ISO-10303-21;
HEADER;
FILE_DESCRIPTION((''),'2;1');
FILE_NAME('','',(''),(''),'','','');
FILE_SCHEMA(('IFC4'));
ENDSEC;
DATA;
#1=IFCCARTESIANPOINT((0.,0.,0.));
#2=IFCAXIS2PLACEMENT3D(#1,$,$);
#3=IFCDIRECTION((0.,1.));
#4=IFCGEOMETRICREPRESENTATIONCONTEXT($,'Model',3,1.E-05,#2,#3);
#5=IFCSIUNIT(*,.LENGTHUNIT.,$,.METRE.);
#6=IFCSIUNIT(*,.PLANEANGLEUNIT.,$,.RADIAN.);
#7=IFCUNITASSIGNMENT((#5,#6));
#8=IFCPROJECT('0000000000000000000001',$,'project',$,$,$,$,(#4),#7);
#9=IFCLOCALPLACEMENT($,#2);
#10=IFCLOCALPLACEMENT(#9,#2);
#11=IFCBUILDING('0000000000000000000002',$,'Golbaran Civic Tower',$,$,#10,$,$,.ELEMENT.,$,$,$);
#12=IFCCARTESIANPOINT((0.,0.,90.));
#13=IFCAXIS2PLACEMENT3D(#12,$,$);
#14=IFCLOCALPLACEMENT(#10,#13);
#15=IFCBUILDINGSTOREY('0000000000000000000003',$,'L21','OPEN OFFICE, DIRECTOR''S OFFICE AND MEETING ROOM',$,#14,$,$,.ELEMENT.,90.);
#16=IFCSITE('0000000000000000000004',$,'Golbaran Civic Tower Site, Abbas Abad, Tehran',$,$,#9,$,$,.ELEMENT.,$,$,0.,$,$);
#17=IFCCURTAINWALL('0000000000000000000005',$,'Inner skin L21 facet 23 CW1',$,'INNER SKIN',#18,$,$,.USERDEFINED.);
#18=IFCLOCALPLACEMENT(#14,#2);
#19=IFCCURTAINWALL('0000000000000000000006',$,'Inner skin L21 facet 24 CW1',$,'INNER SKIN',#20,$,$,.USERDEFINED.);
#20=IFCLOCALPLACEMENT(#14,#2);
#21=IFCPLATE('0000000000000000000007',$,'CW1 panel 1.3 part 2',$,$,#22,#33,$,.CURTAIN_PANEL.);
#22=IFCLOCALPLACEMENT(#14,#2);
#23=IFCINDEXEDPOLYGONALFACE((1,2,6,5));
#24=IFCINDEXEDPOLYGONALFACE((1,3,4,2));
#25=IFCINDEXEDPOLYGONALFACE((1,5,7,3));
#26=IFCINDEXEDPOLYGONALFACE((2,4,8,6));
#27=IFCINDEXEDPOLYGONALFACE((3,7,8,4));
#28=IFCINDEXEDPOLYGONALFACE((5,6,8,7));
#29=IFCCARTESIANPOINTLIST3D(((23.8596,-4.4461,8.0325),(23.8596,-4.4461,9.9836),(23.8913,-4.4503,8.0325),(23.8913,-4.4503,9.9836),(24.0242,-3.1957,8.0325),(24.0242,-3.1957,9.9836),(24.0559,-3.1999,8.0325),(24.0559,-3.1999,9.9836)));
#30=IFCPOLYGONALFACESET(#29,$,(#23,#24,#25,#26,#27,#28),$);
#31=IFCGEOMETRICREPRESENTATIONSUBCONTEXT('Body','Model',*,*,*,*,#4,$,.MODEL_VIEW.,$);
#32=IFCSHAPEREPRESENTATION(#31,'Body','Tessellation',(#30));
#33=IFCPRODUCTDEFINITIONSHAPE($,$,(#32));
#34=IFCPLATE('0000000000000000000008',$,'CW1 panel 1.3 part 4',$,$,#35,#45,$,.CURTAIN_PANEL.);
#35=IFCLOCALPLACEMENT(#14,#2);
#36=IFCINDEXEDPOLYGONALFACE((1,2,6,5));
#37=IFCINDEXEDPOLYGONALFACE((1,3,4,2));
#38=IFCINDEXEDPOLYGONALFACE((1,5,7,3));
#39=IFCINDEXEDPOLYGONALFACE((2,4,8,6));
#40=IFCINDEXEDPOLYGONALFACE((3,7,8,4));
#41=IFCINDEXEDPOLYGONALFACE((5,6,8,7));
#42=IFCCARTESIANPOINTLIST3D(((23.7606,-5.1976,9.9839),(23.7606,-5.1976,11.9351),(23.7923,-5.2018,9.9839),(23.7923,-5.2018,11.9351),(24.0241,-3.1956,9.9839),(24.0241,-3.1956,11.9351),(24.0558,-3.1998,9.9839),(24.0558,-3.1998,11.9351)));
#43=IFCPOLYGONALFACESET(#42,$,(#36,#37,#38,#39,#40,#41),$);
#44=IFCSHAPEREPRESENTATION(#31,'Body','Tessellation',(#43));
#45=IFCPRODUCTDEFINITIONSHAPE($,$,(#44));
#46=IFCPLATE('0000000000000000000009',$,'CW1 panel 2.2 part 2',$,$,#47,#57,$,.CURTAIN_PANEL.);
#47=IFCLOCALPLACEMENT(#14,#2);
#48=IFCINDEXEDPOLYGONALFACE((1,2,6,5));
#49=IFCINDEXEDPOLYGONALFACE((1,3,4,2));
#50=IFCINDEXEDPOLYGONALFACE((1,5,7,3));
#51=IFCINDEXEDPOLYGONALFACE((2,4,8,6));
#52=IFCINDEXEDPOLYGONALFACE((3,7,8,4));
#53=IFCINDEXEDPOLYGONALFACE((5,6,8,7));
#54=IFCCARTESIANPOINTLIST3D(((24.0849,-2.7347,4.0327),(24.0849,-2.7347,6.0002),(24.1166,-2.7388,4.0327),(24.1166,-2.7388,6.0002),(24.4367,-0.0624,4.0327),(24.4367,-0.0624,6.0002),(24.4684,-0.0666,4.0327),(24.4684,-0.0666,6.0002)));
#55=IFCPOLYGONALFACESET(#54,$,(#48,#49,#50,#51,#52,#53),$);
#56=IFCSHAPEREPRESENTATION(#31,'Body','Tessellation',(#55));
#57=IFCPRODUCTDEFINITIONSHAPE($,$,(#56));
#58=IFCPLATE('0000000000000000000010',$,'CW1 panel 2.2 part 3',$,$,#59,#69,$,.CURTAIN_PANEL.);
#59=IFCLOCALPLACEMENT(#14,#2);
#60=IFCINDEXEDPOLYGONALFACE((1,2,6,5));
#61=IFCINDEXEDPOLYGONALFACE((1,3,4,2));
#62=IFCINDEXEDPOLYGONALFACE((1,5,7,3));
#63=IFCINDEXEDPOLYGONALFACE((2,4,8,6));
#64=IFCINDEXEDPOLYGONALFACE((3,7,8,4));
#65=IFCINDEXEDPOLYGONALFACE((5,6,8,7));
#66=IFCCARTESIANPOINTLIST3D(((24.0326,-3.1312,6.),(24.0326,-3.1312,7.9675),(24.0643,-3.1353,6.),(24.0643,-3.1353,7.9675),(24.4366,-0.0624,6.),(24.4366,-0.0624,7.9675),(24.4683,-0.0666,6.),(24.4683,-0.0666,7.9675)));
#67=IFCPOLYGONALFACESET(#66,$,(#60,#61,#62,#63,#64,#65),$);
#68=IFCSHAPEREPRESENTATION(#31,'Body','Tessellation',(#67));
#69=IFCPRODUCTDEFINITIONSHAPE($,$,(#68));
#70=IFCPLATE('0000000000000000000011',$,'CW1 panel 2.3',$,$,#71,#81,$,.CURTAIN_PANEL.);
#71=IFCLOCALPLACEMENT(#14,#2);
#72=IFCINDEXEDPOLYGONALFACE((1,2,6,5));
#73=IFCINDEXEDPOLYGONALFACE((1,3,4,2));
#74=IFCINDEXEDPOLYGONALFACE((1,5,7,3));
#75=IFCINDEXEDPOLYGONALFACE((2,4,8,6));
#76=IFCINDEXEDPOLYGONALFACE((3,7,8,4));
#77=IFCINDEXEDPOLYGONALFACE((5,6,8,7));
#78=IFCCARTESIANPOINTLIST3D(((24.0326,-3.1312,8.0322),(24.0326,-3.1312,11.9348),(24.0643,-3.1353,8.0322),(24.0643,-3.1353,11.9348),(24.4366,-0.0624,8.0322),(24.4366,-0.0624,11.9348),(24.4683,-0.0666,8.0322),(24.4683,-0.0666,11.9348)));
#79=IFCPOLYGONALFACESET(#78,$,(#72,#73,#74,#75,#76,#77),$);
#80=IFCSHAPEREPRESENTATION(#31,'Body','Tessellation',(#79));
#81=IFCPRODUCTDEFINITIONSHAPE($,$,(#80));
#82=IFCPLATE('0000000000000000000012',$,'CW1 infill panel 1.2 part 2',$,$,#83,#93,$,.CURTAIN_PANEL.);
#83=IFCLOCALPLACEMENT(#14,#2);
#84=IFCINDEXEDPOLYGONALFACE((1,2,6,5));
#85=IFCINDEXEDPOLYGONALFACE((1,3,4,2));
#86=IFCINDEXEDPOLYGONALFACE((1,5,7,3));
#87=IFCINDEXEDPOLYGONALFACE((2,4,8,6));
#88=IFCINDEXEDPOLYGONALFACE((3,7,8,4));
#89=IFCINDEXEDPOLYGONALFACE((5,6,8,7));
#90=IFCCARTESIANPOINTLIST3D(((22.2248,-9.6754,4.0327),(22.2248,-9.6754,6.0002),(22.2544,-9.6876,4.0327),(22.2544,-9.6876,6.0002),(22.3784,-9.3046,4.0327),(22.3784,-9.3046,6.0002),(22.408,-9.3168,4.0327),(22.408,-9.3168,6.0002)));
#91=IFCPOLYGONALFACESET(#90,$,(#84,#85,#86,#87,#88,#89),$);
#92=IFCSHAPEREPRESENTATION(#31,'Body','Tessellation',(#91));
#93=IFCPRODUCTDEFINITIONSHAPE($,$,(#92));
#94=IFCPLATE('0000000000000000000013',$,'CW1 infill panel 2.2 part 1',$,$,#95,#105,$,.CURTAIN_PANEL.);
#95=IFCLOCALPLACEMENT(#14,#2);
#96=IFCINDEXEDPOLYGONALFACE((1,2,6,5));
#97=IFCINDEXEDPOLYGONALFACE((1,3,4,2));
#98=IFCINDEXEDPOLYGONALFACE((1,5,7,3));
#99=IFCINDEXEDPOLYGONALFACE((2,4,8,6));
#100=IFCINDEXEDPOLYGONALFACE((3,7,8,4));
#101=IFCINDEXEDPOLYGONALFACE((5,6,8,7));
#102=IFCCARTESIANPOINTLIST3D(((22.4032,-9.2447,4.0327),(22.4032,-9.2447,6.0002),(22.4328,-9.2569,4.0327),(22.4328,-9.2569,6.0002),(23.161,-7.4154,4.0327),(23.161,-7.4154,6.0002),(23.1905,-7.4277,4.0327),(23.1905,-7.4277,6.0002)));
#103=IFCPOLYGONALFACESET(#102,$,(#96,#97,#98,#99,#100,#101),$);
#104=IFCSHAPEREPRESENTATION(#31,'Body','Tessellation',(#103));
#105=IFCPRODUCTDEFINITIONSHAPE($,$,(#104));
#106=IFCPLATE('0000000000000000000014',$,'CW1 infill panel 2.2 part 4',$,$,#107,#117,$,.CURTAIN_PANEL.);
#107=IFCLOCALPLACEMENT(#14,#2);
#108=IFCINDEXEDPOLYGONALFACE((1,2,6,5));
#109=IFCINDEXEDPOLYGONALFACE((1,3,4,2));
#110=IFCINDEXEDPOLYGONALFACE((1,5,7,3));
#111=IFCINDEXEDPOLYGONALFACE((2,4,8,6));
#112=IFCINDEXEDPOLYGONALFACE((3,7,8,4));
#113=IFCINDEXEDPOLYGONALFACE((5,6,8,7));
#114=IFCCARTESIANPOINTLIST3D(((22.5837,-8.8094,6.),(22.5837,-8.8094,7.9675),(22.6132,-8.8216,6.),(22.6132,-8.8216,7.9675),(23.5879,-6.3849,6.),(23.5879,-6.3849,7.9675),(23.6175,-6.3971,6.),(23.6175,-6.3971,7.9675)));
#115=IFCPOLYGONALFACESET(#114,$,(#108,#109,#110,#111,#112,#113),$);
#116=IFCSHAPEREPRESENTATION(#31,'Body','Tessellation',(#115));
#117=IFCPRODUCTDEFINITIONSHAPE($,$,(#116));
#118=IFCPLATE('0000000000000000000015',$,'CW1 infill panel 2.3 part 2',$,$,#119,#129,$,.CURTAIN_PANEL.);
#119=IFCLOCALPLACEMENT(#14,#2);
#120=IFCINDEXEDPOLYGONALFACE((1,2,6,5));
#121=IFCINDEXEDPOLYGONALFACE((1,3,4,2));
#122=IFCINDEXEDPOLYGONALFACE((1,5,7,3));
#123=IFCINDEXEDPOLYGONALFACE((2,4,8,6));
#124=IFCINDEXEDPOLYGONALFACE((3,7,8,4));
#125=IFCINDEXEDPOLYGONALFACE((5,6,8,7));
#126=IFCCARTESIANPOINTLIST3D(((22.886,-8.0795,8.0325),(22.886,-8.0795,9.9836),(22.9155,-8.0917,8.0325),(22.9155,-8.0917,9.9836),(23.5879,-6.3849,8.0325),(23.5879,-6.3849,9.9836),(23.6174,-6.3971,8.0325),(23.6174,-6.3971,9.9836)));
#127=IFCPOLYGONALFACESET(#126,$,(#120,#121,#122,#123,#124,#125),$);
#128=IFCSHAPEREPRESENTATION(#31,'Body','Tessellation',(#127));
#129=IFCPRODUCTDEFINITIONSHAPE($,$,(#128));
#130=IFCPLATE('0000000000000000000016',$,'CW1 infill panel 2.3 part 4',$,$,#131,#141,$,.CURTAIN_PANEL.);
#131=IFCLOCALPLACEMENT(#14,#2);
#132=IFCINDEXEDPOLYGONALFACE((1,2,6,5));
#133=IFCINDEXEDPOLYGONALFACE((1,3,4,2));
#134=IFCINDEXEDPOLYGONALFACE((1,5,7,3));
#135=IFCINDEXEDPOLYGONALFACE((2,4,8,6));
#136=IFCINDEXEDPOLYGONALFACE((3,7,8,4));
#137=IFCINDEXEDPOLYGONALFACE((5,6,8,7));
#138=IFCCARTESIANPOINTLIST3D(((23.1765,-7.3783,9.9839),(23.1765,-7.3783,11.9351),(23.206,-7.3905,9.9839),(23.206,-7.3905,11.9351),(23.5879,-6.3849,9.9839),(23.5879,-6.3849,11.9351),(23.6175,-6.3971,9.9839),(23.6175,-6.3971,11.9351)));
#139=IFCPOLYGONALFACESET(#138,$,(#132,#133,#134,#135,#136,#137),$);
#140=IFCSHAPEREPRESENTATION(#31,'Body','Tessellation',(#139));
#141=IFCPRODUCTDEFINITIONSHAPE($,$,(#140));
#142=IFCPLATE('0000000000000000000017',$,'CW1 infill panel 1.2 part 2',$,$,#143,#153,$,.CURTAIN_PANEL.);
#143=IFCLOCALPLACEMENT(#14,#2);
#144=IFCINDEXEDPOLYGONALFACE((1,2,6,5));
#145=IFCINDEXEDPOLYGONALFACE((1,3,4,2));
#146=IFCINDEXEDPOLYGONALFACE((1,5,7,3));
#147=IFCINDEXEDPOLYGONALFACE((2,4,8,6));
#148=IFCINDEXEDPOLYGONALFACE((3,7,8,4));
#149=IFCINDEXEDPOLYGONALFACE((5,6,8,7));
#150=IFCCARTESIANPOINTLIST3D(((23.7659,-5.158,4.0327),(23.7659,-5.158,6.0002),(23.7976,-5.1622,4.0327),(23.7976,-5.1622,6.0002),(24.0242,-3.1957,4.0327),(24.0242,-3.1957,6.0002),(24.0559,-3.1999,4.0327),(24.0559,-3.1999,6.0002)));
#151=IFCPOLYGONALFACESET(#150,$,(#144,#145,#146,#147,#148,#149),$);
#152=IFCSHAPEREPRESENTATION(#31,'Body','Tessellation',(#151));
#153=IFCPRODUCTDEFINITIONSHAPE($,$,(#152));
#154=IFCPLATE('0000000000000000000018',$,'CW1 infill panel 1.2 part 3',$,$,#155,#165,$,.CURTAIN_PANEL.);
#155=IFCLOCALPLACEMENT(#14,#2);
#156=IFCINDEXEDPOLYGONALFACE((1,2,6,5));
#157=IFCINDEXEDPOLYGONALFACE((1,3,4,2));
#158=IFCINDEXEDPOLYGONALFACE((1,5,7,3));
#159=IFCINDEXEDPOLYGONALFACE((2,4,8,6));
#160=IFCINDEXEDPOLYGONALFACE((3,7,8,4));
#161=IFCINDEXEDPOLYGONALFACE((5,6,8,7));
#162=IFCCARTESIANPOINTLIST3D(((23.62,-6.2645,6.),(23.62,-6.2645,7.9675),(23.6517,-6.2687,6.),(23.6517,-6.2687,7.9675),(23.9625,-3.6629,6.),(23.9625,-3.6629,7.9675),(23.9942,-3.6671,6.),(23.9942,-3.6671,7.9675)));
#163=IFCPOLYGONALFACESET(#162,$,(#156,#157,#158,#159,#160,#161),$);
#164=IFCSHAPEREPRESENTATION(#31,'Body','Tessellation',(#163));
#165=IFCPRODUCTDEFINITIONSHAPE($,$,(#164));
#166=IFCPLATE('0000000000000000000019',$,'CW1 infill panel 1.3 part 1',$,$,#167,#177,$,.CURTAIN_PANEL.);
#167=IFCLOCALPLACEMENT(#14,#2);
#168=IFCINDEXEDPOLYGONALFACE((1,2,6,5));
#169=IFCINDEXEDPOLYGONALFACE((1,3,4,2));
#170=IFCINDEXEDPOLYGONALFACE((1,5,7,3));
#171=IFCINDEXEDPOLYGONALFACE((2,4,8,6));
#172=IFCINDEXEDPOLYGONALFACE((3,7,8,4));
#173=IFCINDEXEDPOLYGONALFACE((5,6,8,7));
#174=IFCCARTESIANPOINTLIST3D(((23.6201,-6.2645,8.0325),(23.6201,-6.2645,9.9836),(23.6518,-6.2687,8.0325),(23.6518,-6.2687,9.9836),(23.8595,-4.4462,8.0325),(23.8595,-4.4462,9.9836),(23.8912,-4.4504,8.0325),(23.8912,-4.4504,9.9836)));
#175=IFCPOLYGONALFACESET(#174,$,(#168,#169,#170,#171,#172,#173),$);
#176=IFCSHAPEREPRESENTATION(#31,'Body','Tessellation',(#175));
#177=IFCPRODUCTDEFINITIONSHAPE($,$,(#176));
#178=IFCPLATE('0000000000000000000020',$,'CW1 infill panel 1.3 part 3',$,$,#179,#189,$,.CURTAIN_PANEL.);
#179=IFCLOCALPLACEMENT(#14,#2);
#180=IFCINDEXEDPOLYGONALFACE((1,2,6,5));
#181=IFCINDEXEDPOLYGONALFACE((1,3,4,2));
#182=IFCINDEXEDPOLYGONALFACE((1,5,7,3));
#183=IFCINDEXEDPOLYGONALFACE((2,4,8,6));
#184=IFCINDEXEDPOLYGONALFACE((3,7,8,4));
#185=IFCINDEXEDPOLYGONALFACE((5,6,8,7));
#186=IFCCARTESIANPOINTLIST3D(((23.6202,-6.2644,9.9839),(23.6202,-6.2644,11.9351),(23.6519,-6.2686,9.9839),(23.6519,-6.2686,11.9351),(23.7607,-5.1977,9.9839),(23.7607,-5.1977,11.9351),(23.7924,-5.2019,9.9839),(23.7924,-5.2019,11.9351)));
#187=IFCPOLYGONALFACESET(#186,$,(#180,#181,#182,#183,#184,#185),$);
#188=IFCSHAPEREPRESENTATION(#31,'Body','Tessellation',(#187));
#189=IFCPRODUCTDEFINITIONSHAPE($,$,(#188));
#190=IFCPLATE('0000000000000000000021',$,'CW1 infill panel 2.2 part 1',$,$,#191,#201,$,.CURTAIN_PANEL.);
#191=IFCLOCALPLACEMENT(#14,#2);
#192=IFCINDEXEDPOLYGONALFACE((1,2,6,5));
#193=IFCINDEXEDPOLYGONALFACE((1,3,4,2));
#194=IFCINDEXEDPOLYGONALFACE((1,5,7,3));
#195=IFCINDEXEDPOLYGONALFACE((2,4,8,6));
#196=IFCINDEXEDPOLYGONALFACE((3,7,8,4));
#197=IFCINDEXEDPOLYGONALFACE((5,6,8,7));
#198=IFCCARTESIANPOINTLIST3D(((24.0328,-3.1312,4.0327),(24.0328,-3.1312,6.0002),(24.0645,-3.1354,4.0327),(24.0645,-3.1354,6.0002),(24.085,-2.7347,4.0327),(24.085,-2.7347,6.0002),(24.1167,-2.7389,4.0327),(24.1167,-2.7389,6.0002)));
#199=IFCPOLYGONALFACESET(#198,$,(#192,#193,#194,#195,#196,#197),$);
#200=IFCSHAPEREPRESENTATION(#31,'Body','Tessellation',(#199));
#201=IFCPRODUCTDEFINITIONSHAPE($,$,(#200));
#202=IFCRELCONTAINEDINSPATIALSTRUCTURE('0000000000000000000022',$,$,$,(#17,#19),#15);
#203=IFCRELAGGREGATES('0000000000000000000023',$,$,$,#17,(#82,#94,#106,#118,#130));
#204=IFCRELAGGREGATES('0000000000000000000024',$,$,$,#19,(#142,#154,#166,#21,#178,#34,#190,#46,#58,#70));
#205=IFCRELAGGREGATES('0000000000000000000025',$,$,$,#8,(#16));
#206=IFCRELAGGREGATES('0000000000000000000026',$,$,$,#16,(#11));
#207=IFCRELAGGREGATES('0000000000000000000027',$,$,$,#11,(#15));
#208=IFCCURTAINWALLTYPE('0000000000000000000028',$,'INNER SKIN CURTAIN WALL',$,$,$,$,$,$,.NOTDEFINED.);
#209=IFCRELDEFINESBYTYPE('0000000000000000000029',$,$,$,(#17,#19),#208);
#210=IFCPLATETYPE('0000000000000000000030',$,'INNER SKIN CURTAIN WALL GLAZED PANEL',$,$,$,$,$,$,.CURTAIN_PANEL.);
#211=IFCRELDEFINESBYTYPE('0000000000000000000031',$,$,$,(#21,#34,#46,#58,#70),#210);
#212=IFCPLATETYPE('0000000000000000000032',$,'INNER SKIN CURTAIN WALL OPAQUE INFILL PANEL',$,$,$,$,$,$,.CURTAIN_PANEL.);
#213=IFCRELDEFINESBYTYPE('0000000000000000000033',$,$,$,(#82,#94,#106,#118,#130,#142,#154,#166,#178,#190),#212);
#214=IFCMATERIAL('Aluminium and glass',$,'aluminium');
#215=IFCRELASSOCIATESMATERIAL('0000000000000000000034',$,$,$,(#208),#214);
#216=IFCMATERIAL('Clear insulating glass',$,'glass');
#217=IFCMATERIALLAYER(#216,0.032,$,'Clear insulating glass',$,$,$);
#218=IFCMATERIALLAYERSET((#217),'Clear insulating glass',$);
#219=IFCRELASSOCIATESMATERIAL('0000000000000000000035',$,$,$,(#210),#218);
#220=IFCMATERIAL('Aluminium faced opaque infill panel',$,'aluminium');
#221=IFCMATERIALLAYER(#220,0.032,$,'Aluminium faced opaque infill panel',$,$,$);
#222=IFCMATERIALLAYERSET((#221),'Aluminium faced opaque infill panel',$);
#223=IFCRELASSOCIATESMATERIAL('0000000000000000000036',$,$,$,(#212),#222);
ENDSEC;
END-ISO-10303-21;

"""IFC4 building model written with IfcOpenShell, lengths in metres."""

from ifc_helpers import new_model, si_unit, direction, frame, origin, origin_2d, place, context, subcontext, project, spatial, rectangle, extrude, material, layer, layer_set, type_object, element, aggregate, save


model = new_model("IFC4")

# Units and contexts
model_context = context("Model", 3, precision=1e-05, world=origin(), true_north=direction((0.0, 1.0)))
body_context = subcontext(model_context, "Body", "Model", "MODEL_VIEW")
ifc_project = project(units=[si_unit("LENGTHUNIT", "METRE"), si_unit("PLANEANGLEUNIT", "RADIAN")], contexts=[model_context])

# Site, building, storey
site_placement = place(None, origin())
site = spatial("IfcSite", under=ifc_project, at=site_placement, Name="Golbaran Civic Tower Site, Abbas Abad, Tehran", CompositionType="ELEMENT", RefElevation=0.0)
building_placement = place(site_placement, origin())
building = spatial("IfcBuilding", under=site, at=building_placement, Name="Golbaran Civic Tower", CompositionType="ELEMENT")
storey_placement = place(building_placement, frame((0.0, 0.0, 90.0)))
storey = spatial("IfcBuildingStorey", under=building, at=storey_placement, Name="L21", Description="OPEN OFFICE, DIRECTOR'S OFFICE AND MEETING ROOM", CompositionType="ELEMENT", Elevation=90.0)

# Curtain walls
ifc_material_1 = material(Name="Aluminium and glass", Category="aluminium")
curtain_wall_type = type_object("IfcCurtainWallType", Name="INNER SKIN CURTAIN WALL", PredefinedType="NOTDEFINED", material=ifc_material_1)
curtain_wall_1_placement = place(storey_placement, origin())
curtain_wall_1 = element("IfcCurtainWall", 1, at=curtain_wall_1_placement, inside=storey, type_object=curtain_wall_type, Name="Inner skin L21 facet 23 CW1", ObjectType="INNER SKIN", PredefinedType="USERDEFINED")
curtain_wall_2_placement = place(storey_placement, origin())
curtain_wall_2 = element("IfcCurtainWall", 2, at=curtain_wall_2_placement, inside=storey, type_object=curtain_wall_type, Name="Inner skin L21 facet 24 CW1", ObjectType="INNER SKIN", PredefinedType="USERDEFINED")

# Plates
ifc_material_2 = material(Name="Clear insulating glass", Category="glass")
ifc_layer_1 = layer(ifc_material_2, 0.032, Name="Clear insulating glass")
ifc_layer_set_1 = layer_set([ifc_layer_1], Name="Clear insulating glass")
plate_type_1 = type_object("IfcPlateType", Name="INNER SKIN CURTAIN WALL GLAZED PANEL", PredefinedType="CURTAIN_PANEL", material=ifc_layer_set_1)
plate_1_placement = place(storey_placement, frame((23.9578, -3.823, 8.0325), z_axis=(0.0, 0.0, 1.0), x_axis=(0.130526, 0.991445, 0.0)))
plate_1 = element("IfcPlate", 3, at=plate_1_placement, type_object=plate_type_1, Name="CW1 panel 1.3 part 2", PredefinedType="CURTAIN_PANEL", context=body_context, shape_type="SweptSolid", body=[
    extrude(rectangle(XDim=1.2612, YDim=0.032, at=origin_2d()), origin(), (0.0, 0.0, 1.0), 1.9512),
])
plate_2_placement = place(storey_placement, frame((23.9082, -4.1987, 9.9839), z_axis=(0.0, 0.0, 1.0), x_axis=(0.130526, 0.991445, 0.0)))
plate_2 = element("IfcPlate", 4, at=plate_2_placement, type_object=plate_type_1, Name="CW1 panel 1.3 part 4", PredefinedType="CURTAIN_PANEL", context=body_context, shape_type="SweptSolid", body=[
    extrude(rectangle(XDim=2.0193, YDim=0.032, at=origin_2d()), origin(), (0.0, 0.0, 1.0), 1.9512),
])
plate_3_placement = place(storey_placement, frame((24.2766, -1.4006, 4.0327), z_axis=(0.0, 0.0, 1.0), x_axis=(0.130526, 0.991445, 0.0)))
plate_3 = element("IfcPlate", 5, at=plate_3_placement, type_object=plate_type_1, Name="CW1 panel 2.2 part 2", PredefinedType="CURTAIN_PANEL", context=body_context, shape_type="SweptSolid", body=[
    extrude(rectangle(XDim=2.6953, YDim=0.032, at=origin_2d()), origin(), (0.0, 0.0, 1.0), 1.9675),
])
plate_4_placement = place(storey_placement, frame((24.2505, -1.5989, 6.0), z_axis=(0.0, 0.0, 1.0), x_axis=(0.130526, 0.991445, 0.0)))
plate_4 = element("IfcPlate", 6, at=plate_4_placement, type_object=plate_type_1, Name="CW1 panel 2.2 part 3", PredefinedType="CURTAIN_PANEL", context=body_context, shape_type="SweptSolid", body=[
    extrude(rectangle(XDim=3.0952, YDim=0.032, at=origin_2d()), origin(), (0.0, 0.0, 1.0), 1.9675),
])
plate_5_placement = place(storey_placement, frame((24.2505, -1.5989, 8.0322), z_axis=(0.0, 0.0, 1.0), x_axis=(0.130526, 0.991445, 0.0)))
plate_5 = element("IfcPlate", 7, at=plate_5_placement, type_object=plate_type_1, Name="CW1 panel 2.3", PredefinedType="CURTAIN_PANEL", context=body_context, shape_type="SweptSolid", body=[
    extrude(rectangle(XDim=3.0952, YDim=0.032, at=origin_2d()), origin(), (0.0, 0.0, 1.0), 3.9026),
])
ifc_material_3 = material(Name="Aluminium faced opaque infill panel", Category="aluminium")
ifc_layer_2 = layer(ifc_material_3, 0.032, Name="Aluminium faced opaque infill panel")
ifc_layer_set_2 = layer_set([ifc_layer_2], Name="Aluminium faced opaque infill panel")
plate_type_2 = type_object("IfcPlateType", Name="INNER SKIN CURTAIN WALL OPAQUE INFILL PANEL", PredefinedType="CURTAIN_PANEL", material=ifc_layer_set_2)
plate_6_placement = place(storey_placement, frame((22.3164, -9.4961, 4.0327), z_axis=(0.0, 0.0, 1.0), x_axis=(0.382683, 0.92388, 0.0)))
plate_6 = element("IfcPlate", 8, at=plate_6_placement, type_object=plate_type_2, Name="CW1 infill panel 1.2 part 2", PredefinedType="CURTAIN_PANEL", context=body_context, shape_type="SweptSolid", body=[
    extrude(rectangle(XDim=0.4014, YDim=0.032, at=origin_2d()), origin(), (0.0, 0.0, 1.0), 1.9675),
])
plate_7_placement = place(storey_placement, frame((22.7969, -8.3362, 4.0327), z_axis=(0.0, 0.0, 1.0), x_axis=(0.382683, 0.92388, 0.0)))
plate_7 = element("IfcPlate", 9, at=plate_7_placement, type_object=plate_type_2, Name="CW1 infill panel 2.2 part 1", PredefinedType="CURTAIN_PANEL", context=body_context, shape_type="SweptSolid", body=[
    extrude(rectangle(XDim=1.98, YDim=0.032, at=origin_2d()), origin(), (0.0, 0.0, 1.0), 1.9675),
])
plate_8_placement = place(storey_placement, frame((23.1006, -7.6033, 6.0), z_axis=(0.0, 0.0, 1.0), x_axis=(0.382683, 0.92388, 0.0)))
plate_8 = element("IfcPlate", 10, at=plate_8_placement, type_object=plate_type_2, Name="CW1 infill panel 2.2 part 4", PredefinedType="CURTAIN_PANEL", context=body_context, shape_type="SweptSolid", body=[
    extrude(rectangle(XDim=2.6243, YDim=0.032, at=origin_2d()), origin(), (0.0, 0.0, 1.0), 1.9675),
])
plate_9_placement = place(storey_placement, frame((23.2517, -7.2383, 8.0325), z_axis=(0.0, 0.0, 1.0), x_axis=(0.382683, 0.92388, 0.0)))
plate_9 = element("IfcPlate", 11, at=plate_9_placement, type_object=plate_type_2, Name="CW1 infill panel 2.3 part 2", PredefinedType="CURTAIN_PANEL", context=body_context, shape_type="SweptSolid", body=[
    extrude(rectangle(XDim=1.8342, YDim=0.032, at=origin_2d()), origin(), (0.0, 0.0, 1.0), 1.9512),
])
plate_10_placement = place(storey_placement, frame((23.397, -6.8877, 9.9839), z_axis=(0.0, 0.0, 1.0), x_axis=(0.382683, 0.92388, 0.0)))
plate_10 = element("IfcPlate", 12, at=plate_10_placement, type_object=plate_type_2, Name="CW1 infill panel 2.3 part 4", PredefinedType="CURTAIN_PANEL", context=body_context, shape_type="SweptSolid", body=[
    extrude(rectangle(XDim=1.0752, YDim=0.032, at=origin_2d()), origin(), (0.0, 0.0, 1.0), 1.9512),
])
aggregate(curtain_wall_1, [plate_6, plate_7, plate_8, plate_9, plate_10])
plate_11_placement = place(storey_placement, frame((23.9109, -4.179, 4.0327), z_axis=(0.0, 0.0, 1.0), x_axis=(0.130526, 0.991445, 0.0)))
plate_11 = element("IfcPlate", 13, at=plate_11_placement, type_object=plate_type_2, Name="CW1 infill panel 1.2 part 2", PredefinedType="CURTAIN_PANEL", context=body_context, shape_type="SweptSolid", body=[
    extrude(rectangle(XDim=1.9792, YDim=0.032, at=origin_2d()), origin(), (0.0, 0.0, 1.0), 1.9675),
])
plate_12_placement = place(storey_placement, frame((23.8071, -4.9658, 6.0), z_axis=(0.0, 0.0, 1.0), x_axis=(0.130526, 0.991445, 0.0)))
plate_12 = element("IfcPlate", 14, at=plate_12_placement, type_object=plate_type_2, Name="CW1 infill panel 1.2 part 3", PredefinedType="CURTAIN_PANEL", context=body_context, shape_type="SweptSolid", body=[
    extrude(rectangle(XDim=2.624, YDim=0.032, at=origin_2d()), origin(), (0.0, 0.0, 1.0), 1.9675),
])
plate_13_placement = place(storey_placement, frame((23.7556, -5.3574, 8.0325), z_axis=(0.0, 0.0, 1.0), x_axis=(0.130526, 0.991445, 0.0)))
plate_13 = element("IfcPlate", 15, at=plate_13_placement, type_object=plate_type_2, Name="CW1 infill panel 1.3 part 1", PredefinedType="CURTAIN_PANEL", context=body_context, shape_type="SweptSolid", body=[
    extrude(rectangle(XDim=1.834, YDim=0.032, at=origin_2d()), origin(), (0.0, 0.0, 1.0), 1.9512),
])
plate_14_placement = place(storey_placement, frame((23.7063, -5.7332, 9.9839), z_axis=(0.0, 0.0, 1.0), x_axis=(0.130526, 0.991445, 0.0)))
plate_14 = element("IfcPlate", 16, at=plate_14_placement, type_object=plate_type_2, Name="CW1 infill panel 1.3 part 3", PredefinedType="CURTAIN_PANEL", context=body_context, shape_type="SweptSolid", body=[
    extrude(rectangle(XDim=1.0759, YDim=0.032, at=origin_2d()), origin(), (0.0, 0.0, 1.0), 1.9512),
])
plate_15_placement = place(storey_placement, frame((24.0747, -2.9351, 4.0327), z_axis=(0.0, 0.0, 1.0), x_axis=(0.130526, 0.991445, 0.0)))
plate_15 = element("IfcPlate", 17, at=plate_15_placement, type_object=plate_type_2, Name="CW1 infill panel 2.2 part 1", PredefinedType="CURTAIN_PANEL", context=body_context, shape_type="SweptSolid", body=[
    extrude(rectangle(XDim=0.3999, YDim=0.032, at=origin_2d()), origin(), (0.0, 0.0, 1.0), 1.9675),
])
aggregate(curtain_wall_2, [plate_11, plate_12, plate_13, plate_1, plate_14, plate_2, plate_15, plate_3, plate_4, plate_5])

save(model, "model.ifc")
